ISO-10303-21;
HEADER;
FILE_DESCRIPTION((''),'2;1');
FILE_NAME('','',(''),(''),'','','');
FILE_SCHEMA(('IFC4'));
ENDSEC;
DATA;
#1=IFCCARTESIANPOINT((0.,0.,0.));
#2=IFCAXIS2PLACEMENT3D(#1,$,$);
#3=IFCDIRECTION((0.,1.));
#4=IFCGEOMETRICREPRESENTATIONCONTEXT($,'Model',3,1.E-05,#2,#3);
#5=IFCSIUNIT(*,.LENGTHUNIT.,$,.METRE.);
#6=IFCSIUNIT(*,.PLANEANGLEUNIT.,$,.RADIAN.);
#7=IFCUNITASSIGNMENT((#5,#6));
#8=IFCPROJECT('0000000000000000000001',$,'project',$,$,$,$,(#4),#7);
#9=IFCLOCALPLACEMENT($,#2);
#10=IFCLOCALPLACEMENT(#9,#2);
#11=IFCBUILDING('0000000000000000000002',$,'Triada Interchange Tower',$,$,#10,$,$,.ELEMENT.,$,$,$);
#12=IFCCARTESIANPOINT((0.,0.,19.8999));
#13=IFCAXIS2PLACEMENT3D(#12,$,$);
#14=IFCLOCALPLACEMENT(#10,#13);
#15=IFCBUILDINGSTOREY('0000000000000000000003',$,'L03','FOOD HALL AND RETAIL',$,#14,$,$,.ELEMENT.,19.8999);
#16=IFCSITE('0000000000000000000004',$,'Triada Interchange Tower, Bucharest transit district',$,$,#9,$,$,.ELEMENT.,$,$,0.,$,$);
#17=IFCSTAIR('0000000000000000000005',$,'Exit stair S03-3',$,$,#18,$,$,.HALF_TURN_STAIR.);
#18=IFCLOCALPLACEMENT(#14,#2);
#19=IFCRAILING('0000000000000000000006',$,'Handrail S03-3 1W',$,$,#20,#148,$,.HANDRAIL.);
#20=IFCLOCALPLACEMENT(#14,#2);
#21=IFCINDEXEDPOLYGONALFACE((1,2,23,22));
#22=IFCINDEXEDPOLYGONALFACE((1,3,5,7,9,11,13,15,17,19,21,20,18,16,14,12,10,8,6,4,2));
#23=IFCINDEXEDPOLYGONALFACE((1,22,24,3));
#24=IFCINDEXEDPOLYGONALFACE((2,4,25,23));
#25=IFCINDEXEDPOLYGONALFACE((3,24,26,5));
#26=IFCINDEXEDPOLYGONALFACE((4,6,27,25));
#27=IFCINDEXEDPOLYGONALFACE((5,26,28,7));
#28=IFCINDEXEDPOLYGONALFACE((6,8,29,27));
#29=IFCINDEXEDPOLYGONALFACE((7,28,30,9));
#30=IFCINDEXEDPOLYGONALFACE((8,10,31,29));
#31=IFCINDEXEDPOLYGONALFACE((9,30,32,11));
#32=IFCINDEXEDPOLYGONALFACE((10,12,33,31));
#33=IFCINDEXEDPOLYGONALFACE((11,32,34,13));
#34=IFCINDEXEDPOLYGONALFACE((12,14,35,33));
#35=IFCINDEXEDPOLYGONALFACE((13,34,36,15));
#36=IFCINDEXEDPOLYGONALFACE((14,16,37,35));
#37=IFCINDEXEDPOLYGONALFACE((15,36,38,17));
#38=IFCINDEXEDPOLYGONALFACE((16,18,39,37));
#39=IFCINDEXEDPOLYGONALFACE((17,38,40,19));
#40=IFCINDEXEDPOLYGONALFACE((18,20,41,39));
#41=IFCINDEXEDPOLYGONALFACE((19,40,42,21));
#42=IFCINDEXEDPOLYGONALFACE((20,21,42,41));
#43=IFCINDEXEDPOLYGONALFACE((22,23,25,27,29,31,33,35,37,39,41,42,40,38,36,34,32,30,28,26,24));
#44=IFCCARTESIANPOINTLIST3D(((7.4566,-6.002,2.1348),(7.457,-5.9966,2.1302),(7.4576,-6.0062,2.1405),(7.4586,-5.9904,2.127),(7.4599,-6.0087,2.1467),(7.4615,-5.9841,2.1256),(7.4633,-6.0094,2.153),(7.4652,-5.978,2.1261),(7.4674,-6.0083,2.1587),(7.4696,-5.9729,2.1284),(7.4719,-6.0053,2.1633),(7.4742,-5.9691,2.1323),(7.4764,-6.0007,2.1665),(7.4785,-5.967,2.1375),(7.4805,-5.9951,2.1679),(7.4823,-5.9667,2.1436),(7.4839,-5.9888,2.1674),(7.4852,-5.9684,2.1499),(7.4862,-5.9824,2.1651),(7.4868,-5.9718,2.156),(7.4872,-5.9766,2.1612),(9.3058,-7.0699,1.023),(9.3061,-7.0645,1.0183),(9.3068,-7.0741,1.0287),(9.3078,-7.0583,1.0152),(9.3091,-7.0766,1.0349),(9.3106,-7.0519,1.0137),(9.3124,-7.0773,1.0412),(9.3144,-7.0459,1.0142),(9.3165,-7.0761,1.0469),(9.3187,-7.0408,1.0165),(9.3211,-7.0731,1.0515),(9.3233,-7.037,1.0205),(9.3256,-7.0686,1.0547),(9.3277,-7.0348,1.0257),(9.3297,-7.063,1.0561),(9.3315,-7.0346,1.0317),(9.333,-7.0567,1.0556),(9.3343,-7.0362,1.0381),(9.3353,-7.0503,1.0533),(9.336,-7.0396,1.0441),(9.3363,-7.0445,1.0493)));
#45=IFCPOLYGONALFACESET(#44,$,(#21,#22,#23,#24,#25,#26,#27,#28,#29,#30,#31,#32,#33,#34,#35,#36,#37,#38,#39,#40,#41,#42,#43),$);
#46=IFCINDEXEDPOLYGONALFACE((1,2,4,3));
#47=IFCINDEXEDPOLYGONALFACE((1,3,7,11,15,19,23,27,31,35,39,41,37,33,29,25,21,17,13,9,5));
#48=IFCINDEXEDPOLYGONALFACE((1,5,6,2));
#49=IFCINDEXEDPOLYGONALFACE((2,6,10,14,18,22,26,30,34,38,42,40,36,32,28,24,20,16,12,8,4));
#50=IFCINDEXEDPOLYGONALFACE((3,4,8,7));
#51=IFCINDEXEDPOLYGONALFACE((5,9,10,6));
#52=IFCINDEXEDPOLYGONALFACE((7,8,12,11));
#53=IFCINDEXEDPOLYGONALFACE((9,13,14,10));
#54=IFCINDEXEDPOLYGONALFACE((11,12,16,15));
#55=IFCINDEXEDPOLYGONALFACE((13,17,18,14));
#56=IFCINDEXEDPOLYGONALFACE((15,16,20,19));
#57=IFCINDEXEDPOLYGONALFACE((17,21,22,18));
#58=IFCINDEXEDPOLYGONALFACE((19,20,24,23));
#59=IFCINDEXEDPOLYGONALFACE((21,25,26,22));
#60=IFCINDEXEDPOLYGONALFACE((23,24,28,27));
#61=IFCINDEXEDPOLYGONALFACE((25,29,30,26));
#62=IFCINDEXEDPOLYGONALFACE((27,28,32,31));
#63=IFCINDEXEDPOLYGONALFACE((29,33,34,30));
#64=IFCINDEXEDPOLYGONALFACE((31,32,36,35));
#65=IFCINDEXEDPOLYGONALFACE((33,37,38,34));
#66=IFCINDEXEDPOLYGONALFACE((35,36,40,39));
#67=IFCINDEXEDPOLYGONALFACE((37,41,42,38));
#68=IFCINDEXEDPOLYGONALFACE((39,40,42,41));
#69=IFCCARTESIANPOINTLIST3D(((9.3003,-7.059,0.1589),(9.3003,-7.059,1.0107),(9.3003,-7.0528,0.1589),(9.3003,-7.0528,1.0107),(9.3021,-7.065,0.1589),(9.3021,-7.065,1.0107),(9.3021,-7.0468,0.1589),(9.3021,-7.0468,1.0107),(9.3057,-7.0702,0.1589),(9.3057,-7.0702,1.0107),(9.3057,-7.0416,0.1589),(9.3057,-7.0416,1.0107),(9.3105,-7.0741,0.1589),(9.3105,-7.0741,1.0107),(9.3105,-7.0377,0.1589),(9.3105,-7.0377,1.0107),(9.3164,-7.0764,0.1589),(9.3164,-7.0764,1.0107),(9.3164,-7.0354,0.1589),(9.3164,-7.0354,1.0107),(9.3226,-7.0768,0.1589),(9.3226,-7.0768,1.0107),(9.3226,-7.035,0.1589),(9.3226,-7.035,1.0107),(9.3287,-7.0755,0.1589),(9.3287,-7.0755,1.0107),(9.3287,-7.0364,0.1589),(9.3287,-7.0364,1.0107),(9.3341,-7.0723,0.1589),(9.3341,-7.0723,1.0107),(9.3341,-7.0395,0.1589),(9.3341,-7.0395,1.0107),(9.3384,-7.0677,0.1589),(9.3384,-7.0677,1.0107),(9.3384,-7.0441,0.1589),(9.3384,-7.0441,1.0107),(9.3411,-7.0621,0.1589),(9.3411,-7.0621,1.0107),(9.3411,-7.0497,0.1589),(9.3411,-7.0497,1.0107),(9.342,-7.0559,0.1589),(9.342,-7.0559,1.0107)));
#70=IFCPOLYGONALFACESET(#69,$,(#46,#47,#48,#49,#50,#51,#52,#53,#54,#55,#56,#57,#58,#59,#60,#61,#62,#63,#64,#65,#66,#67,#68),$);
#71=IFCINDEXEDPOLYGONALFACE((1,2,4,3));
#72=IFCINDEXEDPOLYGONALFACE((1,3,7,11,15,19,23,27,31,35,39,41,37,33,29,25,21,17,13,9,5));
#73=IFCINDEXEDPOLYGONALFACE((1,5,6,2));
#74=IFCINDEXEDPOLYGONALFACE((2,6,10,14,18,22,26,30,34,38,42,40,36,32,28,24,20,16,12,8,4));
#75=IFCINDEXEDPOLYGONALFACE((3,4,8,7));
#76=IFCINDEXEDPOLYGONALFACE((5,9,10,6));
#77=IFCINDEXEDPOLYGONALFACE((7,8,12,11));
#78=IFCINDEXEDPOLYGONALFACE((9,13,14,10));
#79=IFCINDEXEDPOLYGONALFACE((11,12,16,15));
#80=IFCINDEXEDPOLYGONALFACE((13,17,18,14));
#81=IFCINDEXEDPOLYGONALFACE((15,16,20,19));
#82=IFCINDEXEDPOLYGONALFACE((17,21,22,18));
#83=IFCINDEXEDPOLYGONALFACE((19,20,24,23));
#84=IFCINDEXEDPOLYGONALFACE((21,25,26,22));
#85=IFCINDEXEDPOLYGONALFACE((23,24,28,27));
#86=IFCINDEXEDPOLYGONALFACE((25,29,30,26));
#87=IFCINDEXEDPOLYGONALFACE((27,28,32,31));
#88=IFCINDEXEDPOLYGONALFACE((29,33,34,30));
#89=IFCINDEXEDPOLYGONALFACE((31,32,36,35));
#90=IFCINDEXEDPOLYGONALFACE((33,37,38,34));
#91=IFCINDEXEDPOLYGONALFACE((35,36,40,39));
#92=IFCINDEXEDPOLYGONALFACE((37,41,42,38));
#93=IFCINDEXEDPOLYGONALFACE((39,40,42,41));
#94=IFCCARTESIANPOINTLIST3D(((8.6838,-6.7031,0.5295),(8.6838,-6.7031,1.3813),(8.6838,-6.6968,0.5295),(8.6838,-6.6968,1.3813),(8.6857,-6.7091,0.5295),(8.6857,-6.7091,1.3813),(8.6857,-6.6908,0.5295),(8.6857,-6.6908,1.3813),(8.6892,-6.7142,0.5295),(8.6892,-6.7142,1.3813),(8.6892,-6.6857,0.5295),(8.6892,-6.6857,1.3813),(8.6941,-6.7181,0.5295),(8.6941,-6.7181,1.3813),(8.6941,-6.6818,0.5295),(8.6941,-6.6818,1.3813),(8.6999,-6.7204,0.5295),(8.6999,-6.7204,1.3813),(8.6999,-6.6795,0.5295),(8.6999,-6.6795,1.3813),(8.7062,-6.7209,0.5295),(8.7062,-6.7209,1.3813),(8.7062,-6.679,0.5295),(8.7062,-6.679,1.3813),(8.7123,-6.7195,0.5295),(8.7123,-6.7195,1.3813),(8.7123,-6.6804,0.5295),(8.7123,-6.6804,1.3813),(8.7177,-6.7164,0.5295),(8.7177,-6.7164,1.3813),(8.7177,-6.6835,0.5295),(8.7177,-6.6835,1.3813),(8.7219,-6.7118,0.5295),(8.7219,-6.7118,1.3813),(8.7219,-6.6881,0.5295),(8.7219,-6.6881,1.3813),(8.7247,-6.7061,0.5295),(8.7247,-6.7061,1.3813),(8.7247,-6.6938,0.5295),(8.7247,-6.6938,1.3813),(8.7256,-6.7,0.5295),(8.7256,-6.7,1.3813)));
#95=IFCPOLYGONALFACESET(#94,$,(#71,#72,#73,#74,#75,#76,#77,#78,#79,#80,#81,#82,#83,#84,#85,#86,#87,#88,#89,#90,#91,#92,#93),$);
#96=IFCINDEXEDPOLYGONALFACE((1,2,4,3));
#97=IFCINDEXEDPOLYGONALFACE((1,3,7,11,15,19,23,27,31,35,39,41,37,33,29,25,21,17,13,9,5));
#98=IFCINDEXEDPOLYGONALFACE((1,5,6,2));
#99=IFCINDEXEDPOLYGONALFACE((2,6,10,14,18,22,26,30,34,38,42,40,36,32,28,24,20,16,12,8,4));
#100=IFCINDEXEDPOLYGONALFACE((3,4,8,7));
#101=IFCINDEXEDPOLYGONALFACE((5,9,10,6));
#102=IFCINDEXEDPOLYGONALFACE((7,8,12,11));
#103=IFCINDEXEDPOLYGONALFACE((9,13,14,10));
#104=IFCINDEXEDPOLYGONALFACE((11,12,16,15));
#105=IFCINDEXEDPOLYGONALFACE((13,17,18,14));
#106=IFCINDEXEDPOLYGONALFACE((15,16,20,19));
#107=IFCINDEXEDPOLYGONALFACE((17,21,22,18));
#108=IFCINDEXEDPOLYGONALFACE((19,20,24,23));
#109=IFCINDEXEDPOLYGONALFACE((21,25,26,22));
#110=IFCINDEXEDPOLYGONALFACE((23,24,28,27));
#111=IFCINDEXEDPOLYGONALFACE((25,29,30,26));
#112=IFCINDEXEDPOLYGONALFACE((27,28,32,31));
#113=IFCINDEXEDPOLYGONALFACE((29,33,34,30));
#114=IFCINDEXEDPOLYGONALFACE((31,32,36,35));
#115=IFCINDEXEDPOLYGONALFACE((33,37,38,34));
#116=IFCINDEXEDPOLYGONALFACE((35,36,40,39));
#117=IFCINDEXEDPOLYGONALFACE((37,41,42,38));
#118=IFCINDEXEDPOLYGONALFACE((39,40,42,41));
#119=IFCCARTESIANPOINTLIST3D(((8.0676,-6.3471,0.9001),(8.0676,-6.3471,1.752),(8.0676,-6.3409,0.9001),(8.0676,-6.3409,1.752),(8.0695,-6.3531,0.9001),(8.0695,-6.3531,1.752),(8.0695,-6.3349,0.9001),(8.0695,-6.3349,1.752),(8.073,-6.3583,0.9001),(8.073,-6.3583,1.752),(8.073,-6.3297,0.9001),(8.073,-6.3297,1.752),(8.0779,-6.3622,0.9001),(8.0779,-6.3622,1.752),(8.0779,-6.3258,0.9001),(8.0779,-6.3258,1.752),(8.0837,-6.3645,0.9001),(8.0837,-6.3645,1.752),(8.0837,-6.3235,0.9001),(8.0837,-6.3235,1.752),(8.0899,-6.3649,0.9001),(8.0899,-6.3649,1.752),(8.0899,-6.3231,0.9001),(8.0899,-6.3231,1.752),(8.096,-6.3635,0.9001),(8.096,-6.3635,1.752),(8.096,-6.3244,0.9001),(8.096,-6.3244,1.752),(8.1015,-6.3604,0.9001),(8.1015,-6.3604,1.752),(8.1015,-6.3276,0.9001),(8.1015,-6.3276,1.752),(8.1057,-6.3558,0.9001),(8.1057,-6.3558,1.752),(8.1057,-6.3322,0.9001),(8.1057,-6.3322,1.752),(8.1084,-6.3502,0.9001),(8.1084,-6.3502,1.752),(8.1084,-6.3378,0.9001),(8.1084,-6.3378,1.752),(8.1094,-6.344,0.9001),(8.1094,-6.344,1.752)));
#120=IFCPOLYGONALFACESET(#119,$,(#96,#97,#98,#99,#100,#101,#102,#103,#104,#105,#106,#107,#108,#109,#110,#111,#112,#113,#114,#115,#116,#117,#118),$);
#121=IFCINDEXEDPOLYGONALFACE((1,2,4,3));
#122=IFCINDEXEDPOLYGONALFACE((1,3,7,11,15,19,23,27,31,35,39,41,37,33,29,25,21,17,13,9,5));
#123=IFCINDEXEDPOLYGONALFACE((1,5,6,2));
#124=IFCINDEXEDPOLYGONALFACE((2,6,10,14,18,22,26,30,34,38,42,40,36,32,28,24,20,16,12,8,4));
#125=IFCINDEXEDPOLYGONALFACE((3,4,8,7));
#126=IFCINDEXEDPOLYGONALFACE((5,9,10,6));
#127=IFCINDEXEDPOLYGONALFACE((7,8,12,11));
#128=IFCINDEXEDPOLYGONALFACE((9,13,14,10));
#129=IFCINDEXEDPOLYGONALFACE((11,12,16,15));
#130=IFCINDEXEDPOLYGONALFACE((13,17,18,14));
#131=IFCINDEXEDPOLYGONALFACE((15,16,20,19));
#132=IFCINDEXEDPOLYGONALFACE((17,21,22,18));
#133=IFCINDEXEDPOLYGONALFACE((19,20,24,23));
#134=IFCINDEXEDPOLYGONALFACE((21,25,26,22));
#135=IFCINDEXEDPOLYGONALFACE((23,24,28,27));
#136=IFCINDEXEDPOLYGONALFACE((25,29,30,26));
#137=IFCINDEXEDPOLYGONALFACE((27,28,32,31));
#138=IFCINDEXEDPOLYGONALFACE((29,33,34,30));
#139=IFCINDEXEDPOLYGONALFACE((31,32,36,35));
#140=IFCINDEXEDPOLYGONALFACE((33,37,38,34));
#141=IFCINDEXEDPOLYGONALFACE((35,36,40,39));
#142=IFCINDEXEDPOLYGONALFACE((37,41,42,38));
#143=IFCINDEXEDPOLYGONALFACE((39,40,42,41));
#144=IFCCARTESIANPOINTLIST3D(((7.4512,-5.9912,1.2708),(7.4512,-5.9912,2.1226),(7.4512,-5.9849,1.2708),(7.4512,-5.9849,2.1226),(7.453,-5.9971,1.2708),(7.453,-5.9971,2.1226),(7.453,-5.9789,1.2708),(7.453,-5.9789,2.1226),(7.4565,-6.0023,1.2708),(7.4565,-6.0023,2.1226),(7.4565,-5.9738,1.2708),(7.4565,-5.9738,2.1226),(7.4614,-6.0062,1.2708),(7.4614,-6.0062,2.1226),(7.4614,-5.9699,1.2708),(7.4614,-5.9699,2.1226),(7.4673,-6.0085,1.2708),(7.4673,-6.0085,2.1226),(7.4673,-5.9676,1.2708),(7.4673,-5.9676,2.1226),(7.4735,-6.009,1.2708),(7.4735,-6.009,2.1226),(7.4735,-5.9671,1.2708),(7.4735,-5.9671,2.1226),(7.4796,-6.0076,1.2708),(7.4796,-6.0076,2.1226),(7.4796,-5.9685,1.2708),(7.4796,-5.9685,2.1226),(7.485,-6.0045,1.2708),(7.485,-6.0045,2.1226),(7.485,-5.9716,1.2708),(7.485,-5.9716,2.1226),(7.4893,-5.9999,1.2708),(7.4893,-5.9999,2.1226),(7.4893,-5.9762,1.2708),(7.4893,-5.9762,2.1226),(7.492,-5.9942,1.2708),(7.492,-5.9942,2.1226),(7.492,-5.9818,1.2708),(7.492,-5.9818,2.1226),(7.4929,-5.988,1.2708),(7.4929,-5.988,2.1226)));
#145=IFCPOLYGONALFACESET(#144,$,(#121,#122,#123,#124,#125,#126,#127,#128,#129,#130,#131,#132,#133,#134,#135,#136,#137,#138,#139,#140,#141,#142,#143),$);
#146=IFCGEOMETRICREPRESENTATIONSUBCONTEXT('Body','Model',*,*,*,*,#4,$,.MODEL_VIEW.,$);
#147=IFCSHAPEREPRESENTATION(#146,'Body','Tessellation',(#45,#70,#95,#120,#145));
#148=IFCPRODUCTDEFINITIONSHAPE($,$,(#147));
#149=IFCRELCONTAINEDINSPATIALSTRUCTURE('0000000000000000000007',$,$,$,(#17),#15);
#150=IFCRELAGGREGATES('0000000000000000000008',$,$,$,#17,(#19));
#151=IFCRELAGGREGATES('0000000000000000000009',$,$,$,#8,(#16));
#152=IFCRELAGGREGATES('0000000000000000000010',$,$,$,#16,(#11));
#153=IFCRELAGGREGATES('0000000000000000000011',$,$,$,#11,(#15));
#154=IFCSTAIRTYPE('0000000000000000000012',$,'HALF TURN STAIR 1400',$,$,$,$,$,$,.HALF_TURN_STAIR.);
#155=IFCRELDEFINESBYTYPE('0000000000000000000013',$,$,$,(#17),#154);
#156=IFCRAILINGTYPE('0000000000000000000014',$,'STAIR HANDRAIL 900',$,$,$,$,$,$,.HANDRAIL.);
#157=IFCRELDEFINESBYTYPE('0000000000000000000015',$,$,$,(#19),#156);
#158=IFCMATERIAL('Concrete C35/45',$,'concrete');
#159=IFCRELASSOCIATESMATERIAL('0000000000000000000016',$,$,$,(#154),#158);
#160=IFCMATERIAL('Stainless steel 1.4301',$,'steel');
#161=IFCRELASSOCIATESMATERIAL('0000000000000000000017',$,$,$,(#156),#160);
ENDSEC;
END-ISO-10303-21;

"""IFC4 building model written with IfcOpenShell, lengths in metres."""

from ifc_helpers import new_model, si_unit, direction, frame, origin, origin_2d, place, context, subcontext, project, spatial, circle, extrude, material, type_object, element, aggregate, save


model = new_model("IFC4")

# Units and contexts
model_context = context("Model", 3, precision=1e-05, world=origin(), true_north=direction((0.0, 1.0)))
body_context = subcontext(model_context, "Body", "Model", "MODEL_VIEW")
ifc_project = project(units=[si_unit("LENGTHUNIT", "METRE"), si_unit("PLANEANGLEUNIT", "RADIAN")], contexts=[model_context])

# Site, building, storey
site_placement = place(None, origin())
site = spatial("IfcSite", under=ifc_project, at=site_placement, Name="Triada Interchange Tower, Bucharest transit district", CompositionType="ELEMENT", RefElevation=0.0)
building_placement = place(site_placement, origin())
building = spatial("IfcBuilding", under=site, at=building_placement, Name="Triada Interchange Tower", CompositionType="ELEMENT")
storey_placement = place(building_placement, frame((0.0, 0.0, 19.8999)))
storey = spatial("IfcBuildingStorey", under=building, at=storey_placement, Name="L03", Description="FOOD HALL AND RETAIL", CompositionType="ELEMENT", Elevation=19.8999)

# Shared definitions
ifc_material_1 = material(Name="Concrete C35/45", Category="concrete")

# Stair, railing
stair_type = type_object("IfcStairType", Name="HALF TURN STAIR 1400", PredefinedType="HALF_TURN_STAIR", material=ifc_material_1)
stair_placement = place(storey_placement, origin())
stair = element("IfcStair", 1, at=stair_placement, inside=storey, type_object=stair_type, Name="Exit stair S03-3", PredefinedType="HALF_TURN_STAIR")
ifc_material_2 = material(Name="Stainless steel 1.4301", Category="steel")
railing_type_1 = type_object("IfcRailingType", Name="STAIR HANDRAIL 900", PredefinedType="HANDRAIL", material=ifc_material_2)
railing_1_placement = place(storey_placement, frame((9.321, -7.0559, 0.1589)))
railing_1 = element("IfcRailing", 2, at=railing_1_placement, type_object=railing_type_1, Name="Handrail S03-3 1W", PredefinedType="HANDRAIL", context=body_context, shape_type="SweptSolid", body=[
    extrude(circle(Radius=0.0239, at=origin_2d()), frame((0.0, 0.0, 0.876), z_axis=(-0.768088, 0.443573, 0.461827), x_axis=(-0.500099, -0.865969, 0.0)), (0.0, 0.0, 1.0), 2.4075),
    extrude(circle(Radius=0.021, at=origin_2d()), origin(), (0.0, 0.0, 1.0), 0.8518),
    extrude(circle(Radius=0.021, at=origin_2d()), frame((-0.6165, 0.356, 0.3706)), (0.0, 0.0, 1.0), 0.8518),
    extrude(circle(Radius=0.021, at=origin_2d()), frame((-1.2327, 0.7119, 0.7412)), (0.0, 0.0, 1.0), 0.8518),
    extrude(circle(Radius=0.021, at=origin_2d()), frame((-1.8491, 1.0679, 1.1118)), (0.0, 0.0, 1.0), 0.8518),
])
aggregate(stair, [railing_1])

save(model, "model.ifc")
